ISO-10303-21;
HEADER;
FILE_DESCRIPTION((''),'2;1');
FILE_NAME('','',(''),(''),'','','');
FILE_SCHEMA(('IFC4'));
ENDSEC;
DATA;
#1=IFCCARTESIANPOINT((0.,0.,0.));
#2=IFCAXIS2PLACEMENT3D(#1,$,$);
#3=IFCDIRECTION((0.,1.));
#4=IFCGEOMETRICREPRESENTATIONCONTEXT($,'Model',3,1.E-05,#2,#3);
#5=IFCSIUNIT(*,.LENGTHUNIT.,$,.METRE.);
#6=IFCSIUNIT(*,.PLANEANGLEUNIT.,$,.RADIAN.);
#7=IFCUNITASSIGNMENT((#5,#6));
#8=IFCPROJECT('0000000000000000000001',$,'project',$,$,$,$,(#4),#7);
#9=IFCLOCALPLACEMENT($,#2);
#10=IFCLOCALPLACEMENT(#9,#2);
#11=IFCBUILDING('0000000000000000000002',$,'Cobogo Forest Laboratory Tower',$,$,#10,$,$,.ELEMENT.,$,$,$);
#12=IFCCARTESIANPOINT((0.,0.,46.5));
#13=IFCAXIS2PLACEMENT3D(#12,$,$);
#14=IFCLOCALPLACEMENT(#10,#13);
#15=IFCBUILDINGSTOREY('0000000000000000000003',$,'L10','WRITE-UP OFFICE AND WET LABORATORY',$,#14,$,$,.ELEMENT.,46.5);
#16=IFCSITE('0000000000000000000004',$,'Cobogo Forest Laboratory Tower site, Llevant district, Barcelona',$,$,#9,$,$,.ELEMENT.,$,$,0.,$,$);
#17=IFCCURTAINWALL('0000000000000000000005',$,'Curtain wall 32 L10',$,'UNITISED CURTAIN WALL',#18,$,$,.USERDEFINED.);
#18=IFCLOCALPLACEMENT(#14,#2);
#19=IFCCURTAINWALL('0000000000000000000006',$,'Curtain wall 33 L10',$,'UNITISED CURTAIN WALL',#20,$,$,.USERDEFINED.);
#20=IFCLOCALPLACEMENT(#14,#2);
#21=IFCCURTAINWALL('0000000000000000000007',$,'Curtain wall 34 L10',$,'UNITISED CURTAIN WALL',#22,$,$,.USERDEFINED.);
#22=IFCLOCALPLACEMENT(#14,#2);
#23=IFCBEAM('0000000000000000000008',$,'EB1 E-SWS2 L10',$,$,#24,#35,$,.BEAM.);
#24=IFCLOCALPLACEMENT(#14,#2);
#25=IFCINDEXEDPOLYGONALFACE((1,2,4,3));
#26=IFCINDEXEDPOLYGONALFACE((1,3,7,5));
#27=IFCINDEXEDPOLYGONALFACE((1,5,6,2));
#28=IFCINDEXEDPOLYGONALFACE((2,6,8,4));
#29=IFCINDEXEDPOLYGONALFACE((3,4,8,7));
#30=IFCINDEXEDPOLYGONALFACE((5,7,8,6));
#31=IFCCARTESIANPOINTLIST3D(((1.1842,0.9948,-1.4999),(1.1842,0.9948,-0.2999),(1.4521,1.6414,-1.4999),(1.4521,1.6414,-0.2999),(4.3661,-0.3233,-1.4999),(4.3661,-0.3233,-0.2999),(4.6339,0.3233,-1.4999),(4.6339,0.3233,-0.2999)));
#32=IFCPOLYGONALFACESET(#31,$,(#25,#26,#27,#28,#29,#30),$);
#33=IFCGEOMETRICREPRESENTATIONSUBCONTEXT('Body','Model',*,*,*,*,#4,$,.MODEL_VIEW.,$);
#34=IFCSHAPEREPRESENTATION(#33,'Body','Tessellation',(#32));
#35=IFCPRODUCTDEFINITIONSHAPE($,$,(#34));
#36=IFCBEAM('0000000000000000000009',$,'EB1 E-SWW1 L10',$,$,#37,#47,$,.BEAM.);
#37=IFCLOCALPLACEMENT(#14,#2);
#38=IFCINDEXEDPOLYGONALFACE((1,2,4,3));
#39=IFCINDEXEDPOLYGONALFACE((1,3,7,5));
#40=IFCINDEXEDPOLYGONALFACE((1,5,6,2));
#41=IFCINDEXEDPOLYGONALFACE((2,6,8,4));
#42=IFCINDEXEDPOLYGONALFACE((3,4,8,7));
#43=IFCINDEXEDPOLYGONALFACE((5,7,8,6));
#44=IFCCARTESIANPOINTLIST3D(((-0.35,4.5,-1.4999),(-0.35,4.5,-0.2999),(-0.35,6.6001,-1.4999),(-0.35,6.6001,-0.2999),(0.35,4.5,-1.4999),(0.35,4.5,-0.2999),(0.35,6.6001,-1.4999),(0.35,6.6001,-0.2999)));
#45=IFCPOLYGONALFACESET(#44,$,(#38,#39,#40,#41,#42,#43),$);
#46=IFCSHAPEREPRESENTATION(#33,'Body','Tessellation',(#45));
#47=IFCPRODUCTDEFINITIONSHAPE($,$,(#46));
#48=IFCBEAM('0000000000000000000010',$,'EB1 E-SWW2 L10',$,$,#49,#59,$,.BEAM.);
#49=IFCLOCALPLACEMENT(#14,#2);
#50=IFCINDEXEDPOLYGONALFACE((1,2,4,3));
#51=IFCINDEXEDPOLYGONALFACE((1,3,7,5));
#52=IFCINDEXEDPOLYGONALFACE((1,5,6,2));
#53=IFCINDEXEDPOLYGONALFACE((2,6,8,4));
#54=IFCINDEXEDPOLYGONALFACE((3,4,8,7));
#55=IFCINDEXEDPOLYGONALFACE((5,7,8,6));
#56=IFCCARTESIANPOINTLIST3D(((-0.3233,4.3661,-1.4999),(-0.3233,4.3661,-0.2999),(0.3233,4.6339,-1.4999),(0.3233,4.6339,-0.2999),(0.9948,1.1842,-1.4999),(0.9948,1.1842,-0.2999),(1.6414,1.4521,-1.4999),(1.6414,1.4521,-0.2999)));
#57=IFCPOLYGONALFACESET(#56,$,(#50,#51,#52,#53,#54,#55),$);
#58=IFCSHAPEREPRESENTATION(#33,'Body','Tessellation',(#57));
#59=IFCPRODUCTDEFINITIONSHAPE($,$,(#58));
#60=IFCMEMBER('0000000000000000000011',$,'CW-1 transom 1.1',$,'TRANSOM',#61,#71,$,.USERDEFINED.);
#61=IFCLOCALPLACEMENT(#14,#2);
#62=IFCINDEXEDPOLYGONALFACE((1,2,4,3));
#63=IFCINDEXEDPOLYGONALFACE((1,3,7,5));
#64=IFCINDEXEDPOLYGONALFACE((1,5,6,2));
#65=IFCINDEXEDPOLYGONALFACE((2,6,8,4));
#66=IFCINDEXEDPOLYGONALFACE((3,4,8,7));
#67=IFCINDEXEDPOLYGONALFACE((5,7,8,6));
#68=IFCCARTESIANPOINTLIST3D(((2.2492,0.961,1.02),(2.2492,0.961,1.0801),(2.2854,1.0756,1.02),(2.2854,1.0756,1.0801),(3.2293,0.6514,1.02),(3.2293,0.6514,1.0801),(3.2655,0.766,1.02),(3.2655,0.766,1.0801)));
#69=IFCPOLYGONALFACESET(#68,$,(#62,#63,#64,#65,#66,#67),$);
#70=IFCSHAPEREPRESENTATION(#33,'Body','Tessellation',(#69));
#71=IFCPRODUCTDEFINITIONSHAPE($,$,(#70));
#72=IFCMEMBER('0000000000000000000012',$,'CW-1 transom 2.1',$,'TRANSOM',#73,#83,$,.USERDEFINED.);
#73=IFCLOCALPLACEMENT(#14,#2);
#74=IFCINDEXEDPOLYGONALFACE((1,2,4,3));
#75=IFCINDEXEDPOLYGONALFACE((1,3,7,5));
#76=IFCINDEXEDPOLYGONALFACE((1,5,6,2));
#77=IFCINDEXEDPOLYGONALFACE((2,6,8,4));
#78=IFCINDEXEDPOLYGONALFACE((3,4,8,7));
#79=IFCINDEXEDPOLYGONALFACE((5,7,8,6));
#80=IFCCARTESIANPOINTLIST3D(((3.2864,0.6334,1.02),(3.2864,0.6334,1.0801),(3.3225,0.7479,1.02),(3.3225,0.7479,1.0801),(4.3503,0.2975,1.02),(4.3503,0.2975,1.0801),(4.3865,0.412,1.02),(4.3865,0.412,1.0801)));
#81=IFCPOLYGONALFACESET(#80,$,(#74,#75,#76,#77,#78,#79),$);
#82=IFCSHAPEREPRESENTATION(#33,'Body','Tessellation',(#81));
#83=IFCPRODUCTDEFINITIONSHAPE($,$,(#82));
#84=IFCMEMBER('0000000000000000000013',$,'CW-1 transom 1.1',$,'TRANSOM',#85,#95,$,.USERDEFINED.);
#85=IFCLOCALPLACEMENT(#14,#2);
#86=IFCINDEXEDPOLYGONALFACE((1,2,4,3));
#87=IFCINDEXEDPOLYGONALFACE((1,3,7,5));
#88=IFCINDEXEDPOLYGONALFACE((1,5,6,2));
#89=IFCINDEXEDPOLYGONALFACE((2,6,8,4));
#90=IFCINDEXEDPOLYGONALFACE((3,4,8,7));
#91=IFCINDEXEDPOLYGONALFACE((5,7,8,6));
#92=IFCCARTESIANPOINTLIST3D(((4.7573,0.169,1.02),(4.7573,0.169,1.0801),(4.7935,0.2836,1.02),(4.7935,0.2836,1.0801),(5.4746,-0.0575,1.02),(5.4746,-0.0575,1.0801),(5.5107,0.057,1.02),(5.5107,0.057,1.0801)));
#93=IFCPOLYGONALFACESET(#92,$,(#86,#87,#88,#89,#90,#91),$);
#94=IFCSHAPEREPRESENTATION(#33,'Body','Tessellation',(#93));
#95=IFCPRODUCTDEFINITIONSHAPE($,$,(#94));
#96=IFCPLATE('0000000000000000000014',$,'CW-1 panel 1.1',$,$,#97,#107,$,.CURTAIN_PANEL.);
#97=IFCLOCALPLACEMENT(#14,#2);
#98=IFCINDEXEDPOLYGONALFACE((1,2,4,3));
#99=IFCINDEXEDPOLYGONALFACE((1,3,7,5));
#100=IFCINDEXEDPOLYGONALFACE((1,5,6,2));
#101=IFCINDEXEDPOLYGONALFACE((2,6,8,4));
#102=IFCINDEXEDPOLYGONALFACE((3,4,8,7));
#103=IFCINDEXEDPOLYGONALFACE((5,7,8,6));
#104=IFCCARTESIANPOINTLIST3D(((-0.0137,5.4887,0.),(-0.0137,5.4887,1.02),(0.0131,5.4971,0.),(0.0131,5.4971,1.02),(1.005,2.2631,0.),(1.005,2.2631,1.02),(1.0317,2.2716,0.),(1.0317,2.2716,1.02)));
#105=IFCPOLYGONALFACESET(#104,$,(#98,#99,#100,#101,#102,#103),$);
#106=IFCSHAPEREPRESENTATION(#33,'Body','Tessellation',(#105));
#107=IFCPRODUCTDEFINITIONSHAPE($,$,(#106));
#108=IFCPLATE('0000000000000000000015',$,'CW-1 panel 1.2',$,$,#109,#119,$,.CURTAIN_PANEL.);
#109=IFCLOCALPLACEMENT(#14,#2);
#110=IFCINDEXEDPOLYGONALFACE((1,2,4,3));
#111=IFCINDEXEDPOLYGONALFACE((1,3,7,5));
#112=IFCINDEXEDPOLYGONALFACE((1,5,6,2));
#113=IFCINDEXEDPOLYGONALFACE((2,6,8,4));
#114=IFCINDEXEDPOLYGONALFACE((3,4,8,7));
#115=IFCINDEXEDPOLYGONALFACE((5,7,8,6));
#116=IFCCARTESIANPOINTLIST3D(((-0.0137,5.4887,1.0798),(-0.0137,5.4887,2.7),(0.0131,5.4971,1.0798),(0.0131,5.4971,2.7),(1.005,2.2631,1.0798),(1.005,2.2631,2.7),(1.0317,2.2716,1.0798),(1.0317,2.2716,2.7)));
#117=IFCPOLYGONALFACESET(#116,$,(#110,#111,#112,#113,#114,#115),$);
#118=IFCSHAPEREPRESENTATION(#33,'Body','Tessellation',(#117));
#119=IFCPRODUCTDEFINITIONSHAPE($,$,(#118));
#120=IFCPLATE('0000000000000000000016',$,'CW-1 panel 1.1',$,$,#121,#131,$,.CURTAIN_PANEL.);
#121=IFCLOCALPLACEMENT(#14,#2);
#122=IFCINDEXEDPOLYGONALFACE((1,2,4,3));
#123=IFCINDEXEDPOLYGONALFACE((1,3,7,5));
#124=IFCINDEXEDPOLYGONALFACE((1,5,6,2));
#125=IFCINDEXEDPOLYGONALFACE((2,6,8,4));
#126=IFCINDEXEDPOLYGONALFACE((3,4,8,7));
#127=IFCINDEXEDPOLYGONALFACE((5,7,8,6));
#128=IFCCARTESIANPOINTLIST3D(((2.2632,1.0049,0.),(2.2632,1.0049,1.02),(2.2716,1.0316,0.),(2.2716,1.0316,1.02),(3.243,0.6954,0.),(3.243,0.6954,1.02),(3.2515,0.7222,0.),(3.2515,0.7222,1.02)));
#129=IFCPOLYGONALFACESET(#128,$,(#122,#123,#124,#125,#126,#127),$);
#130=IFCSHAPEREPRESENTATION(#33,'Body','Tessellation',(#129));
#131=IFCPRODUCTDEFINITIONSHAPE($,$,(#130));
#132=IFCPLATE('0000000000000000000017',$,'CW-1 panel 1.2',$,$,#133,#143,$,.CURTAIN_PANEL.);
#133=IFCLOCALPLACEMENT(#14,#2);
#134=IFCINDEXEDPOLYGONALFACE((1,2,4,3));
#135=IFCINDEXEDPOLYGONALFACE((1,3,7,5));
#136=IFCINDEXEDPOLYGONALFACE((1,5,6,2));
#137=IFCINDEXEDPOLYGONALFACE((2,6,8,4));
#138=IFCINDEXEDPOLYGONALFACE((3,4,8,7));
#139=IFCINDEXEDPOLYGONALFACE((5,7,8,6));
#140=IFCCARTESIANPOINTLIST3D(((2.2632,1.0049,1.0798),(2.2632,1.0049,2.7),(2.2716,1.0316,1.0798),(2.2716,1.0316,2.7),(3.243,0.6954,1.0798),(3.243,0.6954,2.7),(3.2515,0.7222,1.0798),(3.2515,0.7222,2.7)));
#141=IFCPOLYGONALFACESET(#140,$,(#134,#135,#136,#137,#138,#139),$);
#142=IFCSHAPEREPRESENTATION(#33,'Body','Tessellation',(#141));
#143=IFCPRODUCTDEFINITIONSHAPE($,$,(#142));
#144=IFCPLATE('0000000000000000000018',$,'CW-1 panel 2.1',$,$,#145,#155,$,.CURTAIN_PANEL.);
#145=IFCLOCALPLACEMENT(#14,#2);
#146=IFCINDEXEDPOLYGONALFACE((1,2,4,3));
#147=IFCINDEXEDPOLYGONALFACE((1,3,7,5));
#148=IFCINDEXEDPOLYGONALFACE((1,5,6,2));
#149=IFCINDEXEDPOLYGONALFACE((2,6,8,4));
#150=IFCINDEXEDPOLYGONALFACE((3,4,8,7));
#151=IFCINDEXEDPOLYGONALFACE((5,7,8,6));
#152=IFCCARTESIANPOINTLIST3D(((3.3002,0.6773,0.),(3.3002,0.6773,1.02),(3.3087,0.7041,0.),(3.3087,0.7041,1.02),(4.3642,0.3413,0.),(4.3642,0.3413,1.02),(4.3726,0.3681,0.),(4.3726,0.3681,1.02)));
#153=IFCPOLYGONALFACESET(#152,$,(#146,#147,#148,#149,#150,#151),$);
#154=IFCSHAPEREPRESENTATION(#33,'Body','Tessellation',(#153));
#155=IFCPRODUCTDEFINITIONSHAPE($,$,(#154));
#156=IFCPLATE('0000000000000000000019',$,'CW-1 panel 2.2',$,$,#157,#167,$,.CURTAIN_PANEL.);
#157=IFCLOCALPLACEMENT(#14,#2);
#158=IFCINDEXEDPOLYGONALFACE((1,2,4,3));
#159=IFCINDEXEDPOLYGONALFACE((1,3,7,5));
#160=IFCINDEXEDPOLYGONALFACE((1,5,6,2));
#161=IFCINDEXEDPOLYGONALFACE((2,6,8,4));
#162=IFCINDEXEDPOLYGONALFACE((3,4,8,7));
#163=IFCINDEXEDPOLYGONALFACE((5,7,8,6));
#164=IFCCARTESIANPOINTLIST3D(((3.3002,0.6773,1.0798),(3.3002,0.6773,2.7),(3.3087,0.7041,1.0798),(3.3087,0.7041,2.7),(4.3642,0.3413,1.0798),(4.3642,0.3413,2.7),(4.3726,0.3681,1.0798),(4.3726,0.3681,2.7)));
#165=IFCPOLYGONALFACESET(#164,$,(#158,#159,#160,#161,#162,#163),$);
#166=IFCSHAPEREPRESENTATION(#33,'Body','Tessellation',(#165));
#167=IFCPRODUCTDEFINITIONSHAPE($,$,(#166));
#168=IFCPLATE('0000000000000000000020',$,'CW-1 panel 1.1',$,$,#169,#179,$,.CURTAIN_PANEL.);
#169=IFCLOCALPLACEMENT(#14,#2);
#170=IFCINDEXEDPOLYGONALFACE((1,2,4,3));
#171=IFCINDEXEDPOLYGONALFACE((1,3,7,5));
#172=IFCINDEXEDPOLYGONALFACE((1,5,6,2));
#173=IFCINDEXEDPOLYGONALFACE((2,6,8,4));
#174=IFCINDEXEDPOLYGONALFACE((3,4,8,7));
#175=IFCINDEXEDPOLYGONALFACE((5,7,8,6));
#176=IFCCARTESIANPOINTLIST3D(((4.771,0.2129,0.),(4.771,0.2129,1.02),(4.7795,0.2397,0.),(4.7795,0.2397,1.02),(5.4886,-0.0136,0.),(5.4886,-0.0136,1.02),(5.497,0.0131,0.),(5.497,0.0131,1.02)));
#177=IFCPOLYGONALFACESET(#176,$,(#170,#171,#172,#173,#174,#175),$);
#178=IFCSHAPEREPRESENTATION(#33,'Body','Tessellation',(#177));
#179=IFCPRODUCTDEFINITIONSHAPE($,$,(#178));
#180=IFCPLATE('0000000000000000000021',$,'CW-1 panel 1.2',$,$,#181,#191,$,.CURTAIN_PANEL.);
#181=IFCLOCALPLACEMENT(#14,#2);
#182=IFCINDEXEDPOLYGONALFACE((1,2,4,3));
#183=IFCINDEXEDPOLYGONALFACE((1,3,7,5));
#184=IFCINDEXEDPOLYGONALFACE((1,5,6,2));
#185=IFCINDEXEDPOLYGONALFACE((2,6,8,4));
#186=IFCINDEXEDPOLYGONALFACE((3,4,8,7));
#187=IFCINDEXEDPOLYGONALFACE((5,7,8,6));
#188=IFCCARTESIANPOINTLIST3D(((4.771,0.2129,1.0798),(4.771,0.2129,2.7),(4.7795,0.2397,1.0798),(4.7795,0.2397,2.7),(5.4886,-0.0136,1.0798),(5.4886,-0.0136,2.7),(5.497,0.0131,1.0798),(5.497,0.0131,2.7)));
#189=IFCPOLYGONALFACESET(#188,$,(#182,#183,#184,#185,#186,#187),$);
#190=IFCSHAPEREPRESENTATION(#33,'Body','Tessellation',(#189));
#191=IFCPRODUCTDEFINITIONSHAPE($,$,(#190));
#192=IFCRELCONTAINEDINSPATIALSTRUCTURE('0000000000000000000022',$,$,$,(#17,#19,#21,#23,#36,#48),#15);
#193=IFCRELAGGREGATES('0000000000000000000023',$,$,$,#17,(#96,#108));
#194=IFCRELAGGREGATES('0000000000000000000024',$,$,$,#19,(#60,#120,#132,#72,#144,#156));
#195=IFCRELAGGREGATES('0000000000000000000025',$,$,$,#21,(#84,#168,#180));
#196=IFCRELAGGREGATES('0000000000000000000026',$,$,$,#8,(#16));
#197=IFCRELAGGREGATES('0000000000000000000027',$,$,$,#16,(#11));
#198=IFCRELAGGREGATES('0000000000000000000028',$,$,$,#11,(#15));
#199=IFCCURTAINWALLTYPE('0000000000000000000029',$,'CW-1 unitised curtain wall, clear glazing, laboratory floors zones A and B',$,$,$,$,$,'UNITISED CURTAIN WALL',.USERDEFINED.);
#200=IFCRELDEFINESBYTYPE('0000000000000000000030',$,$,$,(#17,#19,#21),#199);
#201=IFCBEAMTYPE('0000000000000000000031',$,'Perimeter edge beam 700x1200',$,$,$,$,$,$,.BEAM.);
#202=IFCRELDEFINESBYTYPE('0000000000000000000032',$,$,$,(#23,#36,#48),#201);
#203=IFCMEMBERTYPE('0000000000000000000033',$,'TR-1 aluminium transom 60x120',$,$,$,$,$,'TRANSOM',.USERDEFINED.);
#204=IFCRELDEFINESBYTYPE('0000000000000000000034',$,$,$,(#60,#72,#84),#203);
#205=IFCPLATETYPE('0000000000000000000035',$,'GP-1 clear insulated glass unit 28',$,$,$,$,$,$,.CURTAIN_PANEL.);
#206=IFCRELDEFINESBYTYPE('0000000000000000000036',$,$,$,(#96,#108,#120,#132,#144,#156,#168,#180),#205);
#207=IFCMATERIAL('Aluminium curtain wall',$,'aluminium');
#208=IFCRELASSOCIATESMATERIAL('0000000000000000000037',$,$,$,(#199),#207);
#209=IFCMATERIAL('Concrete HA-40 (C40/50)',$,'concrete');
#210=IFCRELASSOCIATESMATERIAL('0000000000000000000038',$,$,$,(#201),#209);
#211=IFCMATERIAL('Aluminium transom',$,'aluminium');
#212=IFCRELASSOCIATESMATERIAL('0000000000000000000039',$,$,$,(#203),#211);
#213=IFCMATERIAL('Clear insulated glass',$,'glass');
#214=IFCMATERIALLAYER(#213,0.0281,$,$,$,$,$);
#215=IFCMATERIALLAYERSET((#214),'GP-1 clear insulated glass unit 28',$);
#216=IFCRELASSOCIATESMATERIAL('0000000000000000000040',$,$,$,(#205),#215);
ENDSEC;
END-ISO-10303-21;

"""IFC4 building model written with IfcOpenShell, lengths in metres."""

from ifc_helpers import new_model, si_unit, direction, frame, origin, origin_2d, place, context, subcontext, project, spatial, rectangle, extrude, material, layer, layer_set, material_profile, profile_set, type_object, element, aggregate, save


model = new_model("IFC4")

# Units and contexts
model_context = context("Model", 3, precision=1e-05, world=origin(), true_north=direction((0.0, 1.0)))
body_context = subcontext(model_context, "Body", "Model", "MODEL_VIEW")
ifc_project = project(units=[si_unit("LENGTHUNIT", "METRE"), si_unit("PLANEANGLEUNIT", "RADIAN")], contexts=[model_context])

# Site, building, storey
site_placement = place(None, origin())
site = spatial("IfcSite", under=ifc_project, at=site_placement, Name="Cobogo Forest Laboratory Tower site, Llevant district, Barcelona", CompositionType="ELEMENT", RefElevation=0.0)
building_placement = place(site_placement, origin())
building = spatial("IfcBuilding", under=site, at=building_placement, Name="Cobogo Forest Laboratory Tower", CompositionType="ELEMENT")
storey_placement = place(building_placement, frame((0.0, 0.0, 46.5)))
storey = spatial("IfcBuildingStorey", under=building, at=storey_placement, Name="L10", Description="WRITE-UP OFFICE AND WET LABORATORY", CompositionType="ELEMENT", Elevation=46.5)

# Shared definitions
ifc_material_1 = material(Name="Concrete HA-40 (C40/50)", Category="concrete")

# Curtain wall
ifc_material_2 = material(Name="Aluminium curtain wall", Category="aluminium")
curtain_wall_type = type_object("IfcCurtainWallType", Name="CW-1 unitised curtain wall, clear glazing, laboratory floors zones A and B", ElementType="UNITISED CURTAIN WALL", PredefinedType="USERDEFINED", material=ifc_material_2)
curtain_wall_1_placement = place(storey_placement, origin())
curtain_wall_1 = element("IfcCurtainWall", 1, at=curtain_wall_1_placement, inside=storey, type_object=curtain_wall_type, Name="Curtain wall 32 L10", ObjectType="UNITISED CURTAIN WALL", PredefinedType="USERDEFINED")

# Curtain wall
curtain_wall_2_placement = place(storey_placement, origin())
curtain_wall_2 = element("IfcCurtainWall", 2, at=curtain_wall_2_placement, inside=storey, type_object=curtain_wall_type, Name="Curtain wall 33 L10", ObjectType="UNITISED CURTAIN WALL", PredefinedType="USERDEFINED")

# Curtain wall
curtain_wall_3_placement = place(storey_placement, origin())
curtain_wall_3 = element("IfcCurtainWall", 3, at=curtain_wall_3_placement, inside=storey, type_object=curtain_wall_type, Name="Curtain wall 34 L10", ObjectType="UNITISED CURTAIN WALL", PredefinedType="USERDEFINED")

# Beams
ifc_material_profile_1 = material_profile(ifc_material_1, rectangle(XDim=0.7, YDim=1.2, at=origin_2d()), Name="RC 700x1200")
ifc_profile_set_1 = profile_set([ifc_material_profile_1], Name="Concrete HA-40 (C40/50)")
beam_type_1 = type_object("IfcBeamType", Name="Perimeter edge beam 700x1200", PredefinedType="BEAM", material=ifc_profile_set_1)
beam_1_placement = place(storey_placement, frame((4.5, 0.0, -0.8999), z_axis=(-0.923866, 0.382717, 0.0), x_axis=(-0.382717, -0.923866, 0.0)))
element("IfcBeam", 4, at=beam_1_placement, inside=storey, type_object=beam_type_1, Name="EB1 E-SWS2 L10", PredefinedType="BEAM", context=body_context, shape_type="SweptSolid", body=[
    extrude(rectangle(XDim=0.7, YDim=1.2, at=origin_2d()), origin(), (0.0, 0.0, 1.0), 3.4441),
])
beam_2_placement = place(storey_placement, frame((0.0, 6.6001, -0.8999), z_axis=(0.0, -1.0, 0.0), x_axis=(1.0, 0.0, 0.0)))
element("IfcBeam", 5, at=beam_2_placement, inside=storey, type_object=beam_type_1, Name="EB1 E-SWW1 L10", PredefinedType="BEAM", context=body_context, shape_type="SweptSolid", body=[
    extrude(rectangle(XDim=0.7, YDim=1.2, at=origin_2d()), origin(), (0.0, 0.0, 1.0), 2.1001),
])
beam_3_placement = place(storey_placement, frame((0.0, 4.5, -0.8999), z_axis=(0.382717, -0.923866, 0.0), x_axis=(0.923866, 0.382717, 0.0)))
element("IfcBeam", 6, at=beam_3_placement, inside=storey, type_object=beam_type_1, Name="EB1 E-SWW2 L10", PredefinedType="BEAM", context=body_context, shape_type="SweptSolid", body=[
    extrude(rectangle(XDim=0.7, YDim=1.2, at=origin_2d()), origin(), (0.0, 0.0, 1.0), 3.4441),
])

# Members
ifc_material_3 = material(Name="Aluminium transom", Category="aluminium")
ifc_material_profile_2 = material_profile(ifc_material_3, rectangle(XDim=0.1201, YDim=0.0601, at=origin_2d()), Name="AL 60x120")
ifc_profile_set_2 = profile_set([ifc_material_profile_2], Name="Aluminium transom")
member_type_1 = type_object("IfcMemberType", Name="TR-1 aluminium transom 60x120", ElementType="TRANSOM", PredefinedType="USERDEFINED", material=ifc_profile_set_2)
member_1_placement = place(storey_placement, frame((2.2673, 1.0183, 1.05), z_axis=(0.953554, -0.301222, 0.0), x_axis=(0.301222, 0.953554, 0.0)))
member_1 = element("IfcMember", 7, at=member_1_placement, type_object=member_type_1, Name="CW-1 transom 1.1", ObjectType="TRANSOM", PredefinedType="USERDEFINED", context=body_context, shape_type="SweptSolid", body=[
    extrude(rectangle(XDim=0.1201, YDim=0.0601, at=origin_2d()), origin(), (0.0, 0.0, 1.0), 1.0278),
])
member_2_placement = place(storey_placement, frame((3.3044, 0.6907, 1.05), z_axis=(0.953596, -0.301089, 0.0), x_axis=(0.301089, 0.953596, 0.0)))
member_2 = element("IfcMember", 8, at=member_2_placement, type_object=member_type_1, Name="CW-1 transom 2.1", ObjectType="TRANSOM", PredefinedType="USERDEFINED", context=body_context, shape_type="SweptSolid", body=[
    extrude(rectangle(XDim=0.1201, YDim=0.0601, at=origin_2d()), origin(), (0.0, 0.0, 1.0), 1.1157),
])
member_3_placement = place(storey_placement, frame((4.7754, 0.2263, 1.05), z_axis=(0.953563, -0.301194, 0.0), x_axis=(0.301194, 0.953563, 0.0)))
member_3 = element("IfcMember", 9, at=member_3_placement, type_object=member_type_1, Name="CW-1 transom 1.1", ObjectType="TRANSOM", PredefinedType="USERDEFINED", context=body_context, shape_type="SweptSolid", body=[
    extrude(rectangle(XDim=0.1201, YDim=0.0601, at=origin_2d()), origin(), (0.0, 0.0, 1.0), 0.7522),
])

# Plates
ifc_material_4 = material(Name="Clear insulated glass", Category="glass")
ifc_layer_1 = layer(ifc_material_4, 0.0281)
ifc_layer_set_1 = layer_set([ifc_layer_1], Name="GP-1 clear insulated glass unit 28")
plate_type = type_object("IfcPlateType", Name="GP-1 clear insulated glass unit 28", PredefinedType="CURTAIN_PANEL", material=ifc_layer_set_1)
plate_1_placement = place(storey_placement, frame((0.509, 3.8801, 0.0), z_axis=(0.0, 0.0, 1.0), x_axis=(0.301135, -0.953581, 0.0)))
plate_1 = element("IfcPlate", 10, at=plate_1_placement, type_object=plate_type, Name="CW-1 panel 1.1", PredefinedType="CURTAIN_PANEL", context=body_context, shape_type="SweptSolid", body=[
    extrude(rectangle(XDim=3.3826, YDim=0.0281, at=origin_2d()), origin(), (0.0, 0.0, 1.0), 1.02),
])
plate_2_placement = place(storey_placement, frame((0.509, 3.8801, 1.0798), z_axis=(0.0, 0.0, 1.0), x_axis=(0.301135, -0.953581, 0.0)))
plate_2 = element("IfcPlate", 11, at=plate_2_placement, type_object=plate_type, Name="CW-1 panel 1.2", PredefinedType="CURTAIN_PANEL", context=body_context, shape_type="SweptSolid", body=[
    extrude(rectangle(XDim=3.3826, YDim=0.0281, at=origin_2d()), origin(), (0.0, 0.0, 1.0), 1.6201),
])
aggregate(curtain_wall_1, [plate_1, plate_2])
plate_3_placement = place(storey_placement, frame((2.7573, 0.8635, 0.0), z_axis=(0.0, 0.0, 1.0), x_axis=(0.953581, -0.301135, 0.0)))
plate_3 = element("IfcPlate", 12, at=plate_3_placement, type_object=plate_type, Name="CW-1 panel 1.1", PredefinedType="CURTAIN_PANEL", context=body_context, shape_type="SweptSolid", body=[
    extrude(rectangle(XDim=1.0276, YDim=0.0281, at=origin_2d()), origin(), (0.0, 0.0, 1.0), 1.02),
])
plate_4_placement = place(storey_placement, frame((2.7573, 0.8635, 1.0798), z_axis=(0.0, 0.0, 1.0), x_axis=(0.953581, -0.301135, 0.0)))
plate_4 = element("IfcPlate", 13, at=plate_4_placement, type_object=plate_type, Name="CW-1 panel 1.2", PredefinedType="CURTAIN_PANEL", context=body_context, shape_type="SweptSolid", body=[
    extrude(rectangle(XDim=1.0276, YDim=0.0281, at=origin_2d()), origin(), (0.0, 0.0, 1.0), 1.6201),
])
plate_5_placement = place(storey_placement, frame((3.8364, 0.5227, 0.0), z_axis=(0.0, 0.0, 1.0), x_axis=(0.953581, -0.301135, 0.0)))
plate_5 = element("IfcPlate", 14, at=plate_5_placement, type_object=plate_type, Name="CW-1 panel 2.1", PredefinedType="CURTAIN_PANEL", context=body_context, shape_type="SweptSolid", body=[
    extrude(rectangle(XDim=1.1157, YDim=0.0281, at=origin_2d()), origin(), (0.0, 0.0, 1.0), 1.02),
])
plate_6_placement = place(storey_placement, frame((3.8364, 0.5227, 1.0798), z_axis=(0.0, 0.0, 1.0), x_axis=(0.953581, -0.301135, 0.0)))
plate_6 = element("IfcPlate", 15, at=plate_6_placement, type_object=plate_type, Name="CW-1 panel 2.2", PredefinedType="CURTAIN_PANEL", context=body_context, shape_type="SweptSolid", body=[
    extrude(rectangle(XDim=1.1157, YDim=0.0281, at=origin_2d()), origin(), (0.0, 0.0, 1.0), 1.6201),
])
aggregate(curtain_wall_2, [member_1, plate_3, plate_4, member_2, plate_5, plate_6])
plate_7_placement = place(storey_placement, frame((5.134, 0.113, 0.0), z_axis=(0.0, 0.0, 1.0), x_axis=(0.953582, -0.301135, 0.0)))
plate_7 = element("IfcPlate", 16, at=plate_7_placement, type_object=plate_type, Name="CW-1 panel 1.1", PredefinedType="CURTAIN_PANEL", context=body_context, shape_type="SweptSolid", body=[
    extrude(rectangle(XDim=0.7524, YDim=0.0281, at=origin_2d()), origin(), (0.0, 0.0, 1.0), 1.02),
])
plate_8_placement = place(storey_placement, frame((5.134, 0.113, 1.0798), z_axis=(0.0, 0.0, 1.0), x_axis=(0.953582, -0.301135, 0.0)))
plate_8 = element("IfcPlate", 17, at=plate_8_placement, type_object=plate_type, Name="CW-1 panel 1.2", PredefinedType="CURTAIN_PANEL", context=body_context, shape_type="SweptSolid", body=[
    extrude(rectangle(XDim=0.7524, YDim=0.0281, at=origin_2d()), origin(), (0.0, 0.0, 1.0), 1.6201),
])
aggregate(curtain_wall_3, [member_3, plate_7, plate_8])

save(model, "model.ifc")
